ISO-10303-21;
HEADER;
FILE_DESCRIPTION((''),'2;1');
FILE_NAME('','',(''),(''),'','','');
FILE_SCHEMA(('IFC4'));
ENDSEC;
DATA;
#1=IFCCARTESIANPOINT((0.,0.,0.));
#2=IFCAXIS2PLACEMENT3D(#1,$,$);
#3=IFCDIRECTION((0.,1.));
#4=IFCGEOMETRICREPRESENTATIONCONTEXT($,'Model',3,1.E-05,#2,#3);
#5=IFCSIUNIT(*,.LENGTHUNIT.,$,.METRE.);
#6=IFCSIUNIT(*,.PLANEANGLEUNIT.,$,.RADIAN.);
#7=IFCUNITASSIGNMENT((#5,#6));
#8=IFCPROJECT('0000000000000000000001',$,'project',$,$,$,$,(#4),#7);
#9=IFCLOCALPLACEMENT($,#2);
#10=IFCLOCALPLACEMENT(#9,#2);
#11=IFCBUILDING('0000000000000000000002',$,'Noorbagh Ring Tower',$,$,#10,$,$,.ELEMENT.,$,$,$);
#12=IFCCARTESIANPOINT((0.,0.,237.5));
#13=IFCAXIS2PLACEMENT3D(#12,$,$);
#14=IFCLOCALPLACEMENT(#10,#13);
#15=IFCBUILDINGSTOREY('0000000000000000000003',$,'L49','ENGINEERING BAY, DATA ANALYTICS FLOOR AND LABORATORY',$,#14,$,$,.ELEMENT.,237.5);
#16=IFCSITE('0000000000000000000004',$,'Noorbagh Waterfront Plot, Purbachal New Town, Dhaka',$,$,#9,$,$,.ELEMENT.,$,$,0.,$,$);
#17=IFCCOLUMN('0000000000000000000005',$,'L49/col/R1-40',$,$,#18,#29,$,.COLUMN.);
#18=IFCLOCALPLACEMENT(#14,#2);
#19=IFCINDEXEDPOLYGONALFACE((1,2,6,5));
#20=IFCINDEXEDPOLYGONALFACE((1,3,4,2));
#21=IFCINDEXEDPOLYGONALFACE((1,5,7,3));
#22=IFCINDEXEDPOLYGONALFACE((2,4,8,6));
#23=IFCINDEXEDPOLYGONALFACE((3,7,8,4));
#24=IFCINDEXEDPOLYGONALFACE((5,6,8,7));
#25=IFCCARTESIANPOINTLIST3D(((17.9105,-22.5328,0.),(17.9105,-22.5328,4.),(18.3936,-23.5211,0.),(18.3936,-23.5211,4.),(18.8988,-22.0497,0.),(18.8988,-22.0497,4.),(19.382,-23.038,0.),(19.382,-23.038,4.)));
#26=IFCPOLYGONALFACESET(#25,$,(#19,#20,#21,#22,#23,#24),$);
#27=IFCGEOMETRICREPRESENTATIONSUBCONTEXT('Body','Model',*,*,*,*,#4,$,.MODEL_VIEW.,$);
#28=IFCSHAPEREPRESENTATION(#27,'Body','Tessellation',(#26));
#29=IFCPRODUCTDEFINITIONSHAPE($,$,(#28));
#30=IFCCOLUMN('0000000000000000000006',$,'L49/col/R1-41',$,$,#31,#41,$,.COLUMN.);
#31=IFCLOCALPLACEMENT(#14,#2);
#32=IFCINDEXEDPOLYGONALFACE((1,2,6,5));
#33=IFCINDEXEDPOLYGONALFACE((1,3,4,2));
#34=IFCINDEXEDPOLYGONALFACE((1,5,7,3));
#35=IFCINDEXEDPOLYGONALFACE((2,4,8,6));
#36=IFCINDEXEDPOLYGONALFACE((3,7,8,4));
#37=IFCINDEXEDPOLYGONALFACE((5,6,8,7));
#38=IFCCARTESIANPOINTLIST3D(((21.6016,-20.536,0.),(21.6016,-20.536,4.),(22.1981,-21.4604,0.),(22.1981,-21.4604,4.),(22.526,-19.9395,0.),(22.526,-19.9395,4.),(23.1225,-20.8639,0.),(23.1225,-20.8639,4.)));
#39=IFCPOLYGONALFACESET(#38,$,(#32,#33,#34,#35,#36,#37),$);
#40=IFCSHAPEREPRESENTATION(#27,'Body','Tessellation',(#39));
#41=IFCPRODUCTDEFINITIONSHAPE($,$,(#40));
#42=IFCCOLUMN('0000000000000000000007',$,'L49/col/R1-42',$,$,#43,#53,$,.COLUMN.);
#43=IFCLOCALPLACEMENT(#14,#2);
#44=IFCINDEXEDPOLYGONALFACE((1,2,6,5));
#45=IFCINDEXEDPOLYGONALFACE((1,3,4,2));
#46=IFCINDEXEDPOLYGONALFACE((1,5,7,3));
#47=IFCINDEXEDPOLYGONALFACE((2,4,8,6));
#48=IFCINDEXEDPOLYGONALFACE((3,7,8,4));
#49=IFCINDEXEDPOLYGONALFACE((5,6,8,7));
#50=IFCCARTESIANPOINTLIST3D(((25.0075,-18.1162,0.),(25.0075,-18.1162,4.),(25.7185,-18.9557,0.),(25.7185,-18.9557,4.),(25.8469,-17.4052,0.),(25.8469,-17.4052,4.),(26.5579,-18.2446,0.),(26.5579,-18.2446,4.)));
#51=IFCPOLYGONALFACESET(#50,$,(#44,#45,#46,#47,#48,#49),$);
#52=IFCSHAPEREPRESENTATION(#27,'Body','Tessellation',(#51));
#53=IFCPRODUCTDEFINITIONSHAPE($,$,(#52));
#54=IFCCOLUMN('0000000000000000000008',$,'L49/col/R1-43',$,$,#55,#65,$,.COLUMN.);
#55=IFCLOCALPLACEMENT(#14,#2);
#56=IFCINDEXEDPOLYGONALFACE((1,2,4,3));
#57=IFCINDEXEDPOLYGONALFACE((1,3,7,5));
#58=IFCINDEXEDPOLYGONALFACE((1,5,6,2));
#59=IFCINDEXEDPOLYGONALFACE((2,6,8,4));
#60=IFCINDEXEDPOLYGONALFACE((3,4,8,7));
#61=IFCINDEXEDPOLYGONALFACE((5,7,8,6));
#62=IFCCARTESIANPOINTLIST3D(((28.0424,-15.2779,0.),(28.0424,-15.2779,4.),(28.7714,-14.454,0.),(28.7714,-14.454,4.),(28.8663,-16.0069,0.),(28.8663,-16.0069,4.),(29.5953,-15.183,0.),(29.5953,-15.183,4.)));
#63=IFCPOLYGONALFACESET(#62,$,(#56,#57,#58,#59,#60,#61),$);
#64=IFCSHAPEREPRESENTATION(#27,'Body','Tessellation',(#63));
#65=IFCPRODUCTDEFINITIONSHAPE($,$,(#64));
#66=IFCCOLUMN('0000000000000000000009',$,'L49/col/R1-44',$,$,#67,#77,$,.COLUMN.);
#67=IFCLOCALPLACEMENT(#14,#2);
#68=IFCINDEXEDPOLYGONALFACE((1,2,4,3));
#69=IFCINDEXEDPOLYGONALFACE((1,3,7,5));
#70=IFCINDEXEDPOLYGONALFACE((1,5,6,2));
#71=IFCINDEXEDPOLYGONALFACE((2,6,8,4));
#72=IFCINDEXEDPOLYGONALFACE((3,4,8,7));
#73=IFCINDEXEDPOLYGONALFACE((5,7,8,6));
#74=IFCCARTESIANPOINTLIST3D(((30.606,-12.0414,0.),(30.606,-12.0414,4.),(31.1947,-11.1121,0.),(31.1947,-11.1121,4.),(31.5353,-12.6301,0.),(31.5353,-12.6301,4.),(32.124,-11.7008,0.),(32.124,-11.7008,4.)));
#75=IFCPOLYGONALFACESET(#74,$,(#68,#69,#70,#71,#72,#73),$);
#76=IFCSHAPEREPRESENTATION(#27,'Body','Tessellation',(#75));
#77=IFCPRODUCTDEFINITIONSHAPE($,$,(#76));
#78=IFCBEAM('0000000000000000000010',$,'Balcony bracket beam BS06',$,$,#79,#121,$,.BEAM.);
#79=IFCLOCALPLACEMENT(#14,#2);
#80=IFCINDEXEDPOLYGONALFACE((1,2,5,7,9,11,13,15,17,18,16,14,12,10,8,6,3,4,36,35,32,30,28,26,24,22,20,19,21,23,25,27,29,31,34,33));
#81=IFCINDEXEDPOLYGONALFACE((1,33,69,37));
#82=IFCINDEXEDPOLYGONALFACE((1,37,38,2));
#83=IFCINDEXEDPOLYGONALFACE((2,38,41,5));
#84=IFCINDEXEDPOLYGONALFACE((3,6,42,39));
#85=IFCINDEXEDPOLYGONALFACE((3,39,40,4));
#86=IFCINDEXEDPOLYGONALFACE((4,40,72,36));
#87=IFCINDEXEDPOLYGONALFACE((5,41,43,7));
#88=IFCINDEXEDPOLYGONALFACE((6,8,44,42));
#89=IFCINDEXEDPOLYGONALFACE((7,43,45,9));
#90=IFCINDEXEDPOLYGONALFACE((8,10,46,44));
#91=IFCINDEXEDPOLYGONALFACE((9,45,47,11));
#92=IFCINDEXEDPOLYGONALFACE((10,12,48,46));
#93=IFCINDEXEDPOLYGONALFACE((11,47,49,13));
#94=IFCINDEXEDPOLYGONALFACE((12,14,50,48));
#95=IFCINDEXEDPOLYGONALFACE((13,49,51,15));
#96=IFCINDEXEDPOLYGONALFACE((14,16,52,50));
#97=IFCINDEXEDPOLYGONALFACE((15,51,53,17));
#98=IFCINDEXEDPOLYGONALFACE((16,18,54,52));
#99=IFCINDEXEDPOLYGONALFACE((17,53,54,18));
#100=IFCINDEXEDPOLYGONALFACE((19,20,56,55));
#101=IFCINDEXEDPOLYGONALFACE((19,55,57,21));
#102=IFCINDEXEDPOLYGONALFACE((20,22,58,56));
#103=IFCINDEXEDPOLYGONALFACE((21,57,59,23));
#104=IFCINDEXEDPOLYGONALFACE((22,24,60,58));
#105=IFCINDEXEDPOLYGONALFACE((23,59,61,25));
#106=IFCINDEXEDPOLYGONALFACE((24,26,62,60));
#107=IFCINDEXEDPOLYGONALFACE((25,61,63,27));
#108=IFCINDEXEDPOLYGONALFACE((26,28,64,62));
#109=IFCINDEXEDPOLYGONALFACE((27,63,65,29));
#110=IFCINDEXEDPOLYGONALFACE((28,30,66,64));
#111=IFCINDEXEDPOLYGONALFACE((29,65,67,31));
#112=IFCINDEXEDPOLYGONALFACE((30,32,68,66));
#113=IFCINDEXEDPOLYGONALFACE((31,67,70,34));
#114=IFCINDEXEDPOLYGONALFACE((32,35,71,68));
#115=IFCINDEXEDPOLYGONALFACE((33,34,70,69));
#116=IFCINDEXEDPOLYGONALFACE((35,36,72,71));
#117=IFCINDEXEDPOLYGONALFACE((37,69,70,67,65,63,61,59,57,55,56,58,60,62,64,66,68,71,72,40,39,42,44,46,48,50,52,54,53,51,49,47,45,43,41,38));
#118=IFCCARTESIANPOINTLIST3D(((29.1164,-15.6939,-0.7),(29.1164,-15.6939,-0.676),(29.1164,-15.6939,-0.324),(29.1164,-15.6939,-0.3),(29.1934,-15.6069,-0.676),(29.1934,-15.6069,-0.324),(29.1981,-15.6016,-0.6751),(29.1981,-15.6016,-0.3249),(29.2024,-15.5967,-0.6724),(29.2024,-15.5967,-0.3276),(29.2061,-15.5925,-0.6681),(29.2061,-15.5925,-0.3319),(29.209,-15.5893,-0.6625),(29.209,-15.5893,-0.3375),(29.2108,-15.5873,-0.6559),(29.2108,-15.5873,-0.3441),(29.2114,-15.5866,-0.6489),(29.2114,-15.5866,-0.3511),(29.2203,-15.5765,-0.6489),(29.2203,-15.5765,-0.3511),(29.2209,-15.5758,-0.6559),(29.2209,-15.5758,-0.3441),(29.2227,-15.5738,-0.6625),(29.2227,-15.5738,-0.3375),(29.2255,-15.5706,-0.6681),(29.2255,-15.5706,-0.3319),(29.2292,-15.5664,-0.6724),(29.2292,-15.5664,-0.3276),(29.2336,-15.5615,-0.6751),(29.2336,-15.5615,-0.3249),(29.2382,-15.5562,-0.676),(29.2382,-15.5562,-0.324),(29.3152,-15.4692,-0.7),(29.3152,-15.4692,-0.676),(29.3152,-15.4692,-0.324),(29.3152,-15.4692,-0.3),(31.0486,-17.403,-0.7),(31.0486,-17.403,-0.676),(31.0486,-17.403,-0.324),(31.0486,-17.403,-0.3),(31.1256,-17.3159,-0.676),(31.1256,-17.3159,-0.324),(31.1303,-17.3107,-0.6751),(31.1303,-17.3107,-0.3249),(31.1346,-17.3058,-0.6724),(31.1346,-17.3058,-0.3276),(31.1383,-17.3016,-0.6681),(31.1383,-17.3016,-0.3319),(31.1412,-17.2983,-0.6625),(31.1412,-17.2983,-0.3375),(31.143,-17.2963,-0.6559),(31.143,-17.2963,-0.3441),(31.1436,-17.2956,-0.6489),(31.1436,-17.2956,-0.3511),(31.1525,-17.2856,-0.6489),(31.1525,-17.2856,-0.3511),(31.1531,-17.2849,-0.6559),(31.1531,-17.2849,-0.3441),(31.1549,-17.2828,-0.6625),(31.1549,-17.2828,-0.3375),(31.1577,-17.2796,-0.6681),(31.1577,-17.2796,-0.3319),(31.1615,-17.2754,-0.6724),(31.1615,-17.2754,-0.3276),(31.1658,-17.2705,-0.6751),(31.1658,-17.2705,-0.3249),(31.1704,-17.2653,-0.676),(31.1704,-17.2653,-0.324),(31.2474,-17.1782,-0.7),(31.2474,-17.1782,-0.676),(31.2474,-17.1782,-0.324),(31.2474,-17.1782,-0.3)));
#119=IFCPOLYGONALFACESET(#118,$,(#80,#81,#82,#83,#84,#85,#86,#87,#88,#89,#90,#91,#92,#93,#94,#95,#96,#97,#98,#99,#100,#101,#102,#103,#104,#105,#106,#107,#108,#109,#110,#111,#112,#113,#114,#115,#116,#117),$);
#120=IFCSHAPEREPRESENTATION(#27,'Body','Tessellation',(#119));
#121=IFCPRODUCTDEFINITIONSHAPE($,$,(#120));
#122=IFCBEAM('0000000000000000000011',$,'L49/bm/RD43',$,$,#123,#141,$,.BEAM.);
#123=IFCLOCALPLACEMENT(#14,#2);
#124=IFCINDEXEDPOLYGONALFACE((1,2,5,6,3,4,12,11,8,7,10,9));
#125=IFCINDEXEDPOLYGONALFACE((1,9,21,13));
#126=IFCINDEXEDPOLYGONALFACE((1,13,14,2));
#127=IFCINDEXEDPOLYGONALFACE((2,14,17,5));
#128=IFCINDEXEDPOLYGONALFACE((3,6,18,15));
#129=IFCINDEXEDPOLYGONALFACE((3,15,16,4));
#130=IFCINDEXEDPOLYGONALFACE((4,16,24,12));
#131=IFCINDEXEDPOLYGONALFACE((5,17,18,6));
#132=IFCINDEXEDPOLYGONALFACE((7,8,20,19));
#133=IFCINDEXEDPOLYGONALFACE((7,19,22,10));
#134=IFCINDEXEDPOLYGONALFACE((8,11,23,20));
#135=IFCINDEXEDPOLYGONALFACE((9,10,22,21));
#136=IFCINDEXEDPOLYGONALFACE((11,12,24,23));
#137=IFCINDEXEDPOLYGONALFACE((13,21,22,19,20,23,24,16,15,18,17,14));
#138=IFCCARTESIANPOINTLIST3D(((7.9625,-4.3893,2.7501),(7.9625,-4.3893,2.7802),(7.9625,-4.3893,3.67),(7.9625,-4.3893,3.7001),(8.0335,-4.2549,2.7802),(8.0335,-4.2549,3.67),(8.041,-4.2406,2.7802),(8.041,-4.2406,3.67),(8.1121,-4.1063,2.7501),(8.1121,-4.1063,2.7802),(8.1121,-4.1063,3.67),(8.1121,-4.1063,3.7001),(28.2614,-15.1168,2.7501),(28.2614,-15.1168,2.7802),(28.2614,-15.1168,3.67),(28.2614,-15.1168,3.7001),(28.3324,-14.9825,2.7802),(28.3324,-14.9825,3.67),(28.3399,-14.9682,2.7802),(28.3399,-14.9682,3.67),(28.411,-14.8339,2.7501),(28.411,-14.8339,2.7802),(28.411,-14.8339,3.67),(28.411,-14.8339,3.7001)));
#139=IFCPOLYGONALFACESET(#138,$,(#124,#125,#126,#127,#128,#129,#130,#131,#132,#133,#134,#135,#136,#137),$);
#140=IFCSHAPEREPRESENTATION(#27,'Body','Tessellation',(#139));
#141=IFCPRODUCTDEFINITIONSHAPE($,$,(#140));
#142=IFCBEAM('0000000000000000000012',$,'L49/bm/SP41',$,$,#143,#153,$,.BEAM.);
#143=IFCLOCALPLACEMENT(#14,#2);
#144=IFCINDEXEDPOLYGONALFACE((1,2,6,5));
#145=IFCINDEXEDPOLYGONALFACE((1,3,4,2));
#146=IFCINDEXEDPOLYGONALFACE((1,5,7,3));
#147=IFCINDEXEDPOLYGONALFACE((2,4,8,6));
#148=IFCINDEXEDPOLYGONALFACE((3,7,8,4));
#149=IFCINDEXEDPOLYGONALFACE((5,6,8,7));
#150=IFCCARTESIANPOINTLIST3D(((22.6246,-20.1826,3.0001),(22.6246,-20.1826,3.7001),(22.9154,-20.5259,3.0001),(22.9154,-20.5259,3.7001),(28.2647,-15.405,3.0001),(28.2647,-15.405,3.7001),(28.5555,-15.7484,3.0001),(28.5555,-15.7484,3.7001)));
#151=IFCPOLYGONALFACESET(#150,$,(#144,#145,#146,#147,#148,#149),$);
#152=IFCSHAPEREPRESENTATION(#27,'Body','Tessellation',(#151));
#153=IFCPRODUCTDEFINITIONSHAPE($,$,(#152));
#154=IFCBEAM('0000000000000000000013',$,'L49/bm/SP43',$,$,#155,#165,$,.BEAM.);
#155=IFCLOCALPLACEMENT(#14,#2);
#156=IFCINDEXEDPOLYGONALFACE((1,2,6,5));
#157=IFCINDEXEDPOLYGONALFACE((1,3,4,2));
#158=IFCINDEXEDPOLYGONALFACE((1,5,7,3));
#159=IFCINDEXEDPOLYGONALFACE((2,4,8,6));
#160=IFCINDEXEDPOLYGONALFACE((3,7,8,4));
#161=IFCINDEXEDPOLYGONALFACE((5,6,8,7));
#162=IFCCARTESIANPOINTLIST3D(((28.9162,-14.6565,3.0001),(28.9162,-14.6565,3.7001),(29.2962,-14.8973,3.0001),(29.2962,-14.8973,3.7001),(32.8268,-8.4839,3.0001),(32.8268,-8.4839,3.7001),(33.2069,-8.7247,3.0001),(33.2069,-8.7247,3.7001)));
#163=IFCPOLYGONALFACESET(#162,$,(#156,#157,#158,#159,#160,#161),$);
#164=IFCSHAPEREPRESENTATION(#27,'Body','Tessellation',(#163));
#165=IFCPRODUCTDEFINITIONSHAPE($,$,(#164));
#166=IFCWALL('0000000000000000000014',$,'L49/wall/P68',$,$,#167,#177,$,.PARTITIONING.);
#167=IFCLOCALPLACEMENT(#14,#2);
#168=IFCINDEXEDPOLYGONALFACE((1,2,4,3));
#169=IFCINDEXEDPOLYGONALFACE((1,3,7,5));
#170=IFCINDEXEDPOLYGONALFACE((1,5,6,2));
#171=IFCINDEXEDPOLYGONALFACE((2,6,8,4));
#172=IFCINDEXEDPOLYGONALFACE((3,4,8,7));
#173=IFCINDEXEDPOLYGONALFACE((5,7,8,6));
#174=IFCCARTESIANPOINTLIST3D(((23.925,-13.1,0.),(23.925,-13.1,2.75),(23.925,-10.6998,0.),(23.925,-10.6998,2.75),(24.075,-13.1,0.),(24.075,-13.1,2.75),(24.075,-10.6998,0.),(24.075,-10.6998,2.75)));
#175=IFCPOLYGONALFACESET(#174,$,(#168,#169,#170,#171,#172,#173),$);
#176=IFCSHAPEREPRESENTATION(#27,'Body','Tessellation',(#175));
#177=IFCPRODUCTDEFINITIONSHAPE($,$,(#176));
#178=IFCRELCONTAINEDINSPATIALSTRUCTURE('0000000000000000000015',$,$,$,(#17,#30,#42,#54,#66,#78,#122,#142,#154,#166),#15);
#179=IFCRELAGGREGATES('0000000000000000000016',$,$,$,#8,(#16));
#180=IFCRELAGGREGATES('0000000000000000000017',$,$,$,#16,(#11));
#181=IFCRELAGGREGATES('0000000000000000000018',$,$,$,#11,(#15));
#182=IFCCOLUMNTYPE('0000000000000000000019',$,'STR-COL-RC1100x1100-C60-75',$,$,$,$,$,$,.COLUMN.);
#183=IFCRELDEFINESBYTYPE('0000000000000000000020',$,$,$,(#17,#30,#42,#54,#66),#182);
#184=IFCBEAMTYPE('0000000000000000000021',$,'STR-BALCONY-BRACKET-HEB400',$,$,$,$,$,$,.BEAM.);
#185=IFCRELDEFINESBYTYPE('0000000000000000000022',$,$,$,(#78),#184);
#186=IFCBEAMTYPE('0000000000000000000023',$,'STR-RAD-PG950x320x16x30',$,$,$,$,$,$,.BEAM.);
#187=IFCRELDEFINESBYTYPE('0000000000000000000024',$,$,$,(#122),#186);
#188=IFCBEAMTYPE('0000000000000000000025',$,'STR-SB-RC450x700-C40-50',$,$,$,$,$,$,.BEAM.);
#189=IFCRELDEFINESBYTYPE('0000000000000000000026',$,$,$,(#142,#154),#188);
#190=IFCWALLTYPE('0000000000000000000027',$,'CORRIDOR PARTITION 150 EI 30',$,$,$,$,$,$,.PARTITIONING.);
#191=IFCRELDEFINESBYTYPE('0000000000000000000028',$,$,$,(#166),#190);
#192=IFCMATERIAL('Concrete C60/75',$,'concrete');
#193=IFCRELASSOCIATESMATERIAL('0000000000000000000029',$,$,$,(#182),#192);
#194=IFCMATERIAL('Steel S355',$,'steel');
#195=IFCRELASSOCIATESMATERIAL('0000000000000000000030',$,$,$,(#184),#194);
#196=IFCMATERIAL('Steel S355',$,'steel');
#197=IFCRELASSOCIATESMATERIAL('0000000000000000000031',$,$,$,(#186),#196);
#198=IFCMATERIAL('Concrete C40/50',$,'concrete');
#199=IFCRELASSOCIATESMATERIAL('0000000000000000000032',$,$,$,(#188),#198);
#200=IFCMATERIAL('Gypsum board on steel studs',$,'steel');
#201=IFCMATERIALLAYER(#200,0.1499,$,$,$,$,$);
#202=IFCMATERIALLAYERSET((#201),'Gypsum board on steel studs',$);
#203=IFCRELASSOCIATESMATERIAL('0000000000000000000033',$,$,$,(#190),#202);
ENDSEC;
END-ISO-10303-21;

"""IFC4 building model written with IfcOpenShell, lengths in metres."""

from ifc_helpers import new_model, si_unit, direction, frame, frame_2d, origin, origin_2d, place, context, subcontext, project, spatial, rectangle, i_section, extrude, material, layer, layer_set, material_profile, profile_set, type_object, element, save


model = new_model("IFC4")

# Units and contexts
model_context = context("Model", 3, precision=1e-05, world=origin(), true_north=direction((0.0, 1.0)))
body_context = subcontext(model_context, "Body", "Model", "MODEL_VIEW")
ifc_project = project(units=[si_unit("LENGTHUNIT", "METRE"), si_unit("PLANEANGLEUNIT", "RADIAN")], contexts=[model_context])

# Site, building, storey
site_placement = place(None, origin())
site = spatial("IfcSite", under=ifc_project, at=site_placement, Name="Noorbagh Waterfront Plot, Purbachal New Town, Dhaka", CompositionType="ELEMENT", RefElevation=0.0)
building_placement = place(site_placement, origin())
building = spatial("IfcBuilding", under=site, at=building_placement, Name="Noorbagh Ring Tower", CompositionType="ELEMENT")
storey_placement = place(building_placement, frame((0.0, 0.0, 237.5)))
storey = spatial("IfcBuildingStorey", under=building, at=storey_placement, Name="L49", Description="ENGINEERING BAY, DATA ANALYTICS FLOOR AND LABORATORY", CompositionType="ELEMENT", Elevation=237.5)

# Columns
ifc_material_1 = material(Name="Concrete C60/75", Category="concrete")
ifc_material_profile_1 = material_profile(ifc_material_1, rectangle(XDim=1.1001, YDim=1.1001, at=origin_2d()), Name="RC1100x1100")
ifc_profile_set_1 = profile_set([ifc_material_profile_1], Name="Concrete C60/75")
column_type = type_object("IfcColumnType", Name="STR-COL-RC1100x1100-C60-75", PredefinedType="COLUMN", material=ifc_profile_set_1)
for number, where, z_axis, x_axis, name in (
    (1, (18.6462, -22.7854, 0.0), (0.0, 0.0, 1.0), (0.898399, 0.43918, 0.0), "L49/col/R1-40"),
    (2, (22.3621, -20.7, 0.0), (0.0, 0.0, 1.0), (0.840248, 0.542203, 0.0), "L49/col/R1-41"),
    (3, (25.7827, -18.1804, 0.0), (0.0, 0.0, 1.0), (0.763035, 0.646357, 0.0), "L49/col/R1-42"),
    (4, (28.8188, -15.2305, 0.0), (0.0, 0.0, 1.0), (0.662636, 0.748942, 0.0), "L49/col/R1-43"),
    (5, (31.365, -11.8711, 0.0), (0.0, 0.0, 1.0), (0.53519, 0.844731, 0.0), "L49/col/R1-44"),
):
    element("IfcColumn", number, at=place(storey_placement, frame(where, z_axis=z_axis, x_axis=x_axis)), inside=storey, type_object=column_type, Name=name, PredefinedType="COLUMN", context=body_context, shape_type="SweptSolid", body=[
        extrude(rectangle(XDim=1.1001, YDim=1.1001, at=origin_2d()), origin(), (0.0, 0.0, 1.0), 4.0),
    ])

# Beams
ifc_material_2 = material(Name="Steel S355", Category="steel")
ifc_material_profile_2 = material_profile(ifc_material_2, i_section(OverallWidth=0.3, OverallDepth=0.3999, WebThickness=0.0134, FlangeThickness=0.0239, FilletRadius=0.0271, at=origin_2d()), Name="HEB400")
ifc_profile_set_2 = profile_set([ifc_material_profile_2], Name="Steel S355")
beam_type_1 = type_object("IfcBeamType", Name="STR-BALCONY-BRACKET-HEB400", PredefinedType="BEAM", material=ifc_profile_set_2)
beam_1_placement = place(storey_placement, frame((29.2158, -15.5815, -0.5), z_axis=(0.749036, -0.662529, 0.0), x_axis=(0.662529, 0.749036, 0.0)))
element("IfcBeam", 6, at=beam_1_placement, inside=storey, type_object=beam_type_1, Name="Balcony bracket beam BS06", PredefinedType="BEAM", context=body_context, shape_type="SweptSolid", body=[
    extrude(i_section(OverallWidth=0.3, OverallDepth=0.3999, WebThickness=0.0134, FlangeThickness=0.0239, FilletRadius=0.0271, at=origin_2d()), origin(), (0.0, 0.0, 1.0), 2.5796),
])
ifc_material_3 = material(Name="Steel S355", Category="steel")
ifc_material_profile_3 = material_profile(ifc_material_3, i_section(OverallWidth=0.3201, OverallDepth=0.95, WebThickness=0.0161, FlangeThickness=0.03, at=origin_2d()), Name="PG950x320x16x30")
ifc_profile_set_3 = profile_set([ifc_material_profile_3], Name="Steel S355")
beam_type_2 = type_object("IfcBeamType", Name="STR-RAD-PG950x320x16x30", PredefinedType="BEAM", material=ifc_profile_set_3)
beam_2_placement = place(storey_placement, frame((28.3362, -14.9753, 3.2251), z_axis=(-0.884128, 0.467245, 0.0), x_axis=(-0.467245, -0.884128, 0.0)))
element("IfcBeam", 7, at=beam_2_placement, inside=storey, type_object=beam_type_2, Name="L49/bm/RD43", PredefinedType="BEAM", context=body_context, shape_type="SweptSolid", body=[
    extrude(i_section(OverallWidth=0.3201, OverallDepth=0.95, WebThickness=0.0161, FlangeThickness=0.03, at=origin_2d()), origin(), (0.0, 0.0, 1.0), 22.9592),
])
ifc_material_4 = material(Name="Concrete C40/50", Category="concrete")
ifc_material_profile_4 = material_profile(ifc_material_4, rectangle(XDim=0.45, YDim=0.7, at=origin_2d()), Name="RC450x700")
ifc_profile_set_4 = profile_set([ifc_material_profile_4], Name="Concrete C40/50")
beam_type_3 = type_object("IfcBeamType", Name="STR-SB-RC450x700-C40-50", PredefinedType="BEAM", material=ifc_profile_set_4)
beam_3_placement = place(storey_placement, frame((22.77, -20.3542, 3.3501), z_axis=(0.763042, 0.646349, 0.0), x_axis=(-0.646349, 0.763042, 0.0)))
element("IfcBeam", 8, at=beam_3_placement, inside=storey, type_object=beam_type_3, Name="L49/bm/SP41", PredefinedType="BEAM", context=body_context, shape_type="SweptSolid", body=[
    extrude(rectangle(XDim=0.45, YDim=0.7, at=origin_2d()), origin(), (0.0, 0.0, 1.0), 7.3916),
])
beam_4_placement = place(storey_placement, frame((29.1062, -14.7769, 3.3501), z_axis=(0.535182, 0.844737, 0.0), x_axis=(-0.844737, 0.535182, 0.0)))
element("IfcBeam", 9, at=beam_4_placement, inside=storey, type_object=beam_type_3, Name="L49/bm/SP43", PredefinedType="BEAM", context=body_context, shape_type="SweptSolid", body=[
    extrude(rectangle(XDim=0.45, YDim=0.7, at=origin_2d()), origin(), (0.0, 0.0, 1.0), 7.3071),
])

# Wall
ifc_material_5 = material(Name="Gypsum board on steel studs", Category="steel")
ifc_layer_1 = layer(ifc_material_5, 0.1499)
ifc_layer_set_1 = layer_set([ifc_layer_1], Name="Gypsum board on steel studs")
wall_type_1 = type_object("IfcWallType", Name="CORRIDOR PARTITION 150 EI 30", PredefinedType="PARTITIONING", material=ifc_layer_set_1)
wall_1_placement = place(storey_placement, frame((24.0, -13.1001, 0.0), z_axis=(0.0, 0.0, 1.0), x_axis=(0.0, 1.0, 0.0)))
element("IfcWall", 10, at=wall_1_placement, inside=storey, type_object=wall_type_1, Name="L49/wall/P68", PredefinedType="PARTITIONING", context=body_context, shape_type="SweptSolid", body=[
    extrude(rectangle(XDim=2.4001, YDim=0.1499, at=frame_2d((1.2002, 0.0))), origin(), (0.0, 0.0, 1.0), 2.75),
])

save(model, "model.ifc")
